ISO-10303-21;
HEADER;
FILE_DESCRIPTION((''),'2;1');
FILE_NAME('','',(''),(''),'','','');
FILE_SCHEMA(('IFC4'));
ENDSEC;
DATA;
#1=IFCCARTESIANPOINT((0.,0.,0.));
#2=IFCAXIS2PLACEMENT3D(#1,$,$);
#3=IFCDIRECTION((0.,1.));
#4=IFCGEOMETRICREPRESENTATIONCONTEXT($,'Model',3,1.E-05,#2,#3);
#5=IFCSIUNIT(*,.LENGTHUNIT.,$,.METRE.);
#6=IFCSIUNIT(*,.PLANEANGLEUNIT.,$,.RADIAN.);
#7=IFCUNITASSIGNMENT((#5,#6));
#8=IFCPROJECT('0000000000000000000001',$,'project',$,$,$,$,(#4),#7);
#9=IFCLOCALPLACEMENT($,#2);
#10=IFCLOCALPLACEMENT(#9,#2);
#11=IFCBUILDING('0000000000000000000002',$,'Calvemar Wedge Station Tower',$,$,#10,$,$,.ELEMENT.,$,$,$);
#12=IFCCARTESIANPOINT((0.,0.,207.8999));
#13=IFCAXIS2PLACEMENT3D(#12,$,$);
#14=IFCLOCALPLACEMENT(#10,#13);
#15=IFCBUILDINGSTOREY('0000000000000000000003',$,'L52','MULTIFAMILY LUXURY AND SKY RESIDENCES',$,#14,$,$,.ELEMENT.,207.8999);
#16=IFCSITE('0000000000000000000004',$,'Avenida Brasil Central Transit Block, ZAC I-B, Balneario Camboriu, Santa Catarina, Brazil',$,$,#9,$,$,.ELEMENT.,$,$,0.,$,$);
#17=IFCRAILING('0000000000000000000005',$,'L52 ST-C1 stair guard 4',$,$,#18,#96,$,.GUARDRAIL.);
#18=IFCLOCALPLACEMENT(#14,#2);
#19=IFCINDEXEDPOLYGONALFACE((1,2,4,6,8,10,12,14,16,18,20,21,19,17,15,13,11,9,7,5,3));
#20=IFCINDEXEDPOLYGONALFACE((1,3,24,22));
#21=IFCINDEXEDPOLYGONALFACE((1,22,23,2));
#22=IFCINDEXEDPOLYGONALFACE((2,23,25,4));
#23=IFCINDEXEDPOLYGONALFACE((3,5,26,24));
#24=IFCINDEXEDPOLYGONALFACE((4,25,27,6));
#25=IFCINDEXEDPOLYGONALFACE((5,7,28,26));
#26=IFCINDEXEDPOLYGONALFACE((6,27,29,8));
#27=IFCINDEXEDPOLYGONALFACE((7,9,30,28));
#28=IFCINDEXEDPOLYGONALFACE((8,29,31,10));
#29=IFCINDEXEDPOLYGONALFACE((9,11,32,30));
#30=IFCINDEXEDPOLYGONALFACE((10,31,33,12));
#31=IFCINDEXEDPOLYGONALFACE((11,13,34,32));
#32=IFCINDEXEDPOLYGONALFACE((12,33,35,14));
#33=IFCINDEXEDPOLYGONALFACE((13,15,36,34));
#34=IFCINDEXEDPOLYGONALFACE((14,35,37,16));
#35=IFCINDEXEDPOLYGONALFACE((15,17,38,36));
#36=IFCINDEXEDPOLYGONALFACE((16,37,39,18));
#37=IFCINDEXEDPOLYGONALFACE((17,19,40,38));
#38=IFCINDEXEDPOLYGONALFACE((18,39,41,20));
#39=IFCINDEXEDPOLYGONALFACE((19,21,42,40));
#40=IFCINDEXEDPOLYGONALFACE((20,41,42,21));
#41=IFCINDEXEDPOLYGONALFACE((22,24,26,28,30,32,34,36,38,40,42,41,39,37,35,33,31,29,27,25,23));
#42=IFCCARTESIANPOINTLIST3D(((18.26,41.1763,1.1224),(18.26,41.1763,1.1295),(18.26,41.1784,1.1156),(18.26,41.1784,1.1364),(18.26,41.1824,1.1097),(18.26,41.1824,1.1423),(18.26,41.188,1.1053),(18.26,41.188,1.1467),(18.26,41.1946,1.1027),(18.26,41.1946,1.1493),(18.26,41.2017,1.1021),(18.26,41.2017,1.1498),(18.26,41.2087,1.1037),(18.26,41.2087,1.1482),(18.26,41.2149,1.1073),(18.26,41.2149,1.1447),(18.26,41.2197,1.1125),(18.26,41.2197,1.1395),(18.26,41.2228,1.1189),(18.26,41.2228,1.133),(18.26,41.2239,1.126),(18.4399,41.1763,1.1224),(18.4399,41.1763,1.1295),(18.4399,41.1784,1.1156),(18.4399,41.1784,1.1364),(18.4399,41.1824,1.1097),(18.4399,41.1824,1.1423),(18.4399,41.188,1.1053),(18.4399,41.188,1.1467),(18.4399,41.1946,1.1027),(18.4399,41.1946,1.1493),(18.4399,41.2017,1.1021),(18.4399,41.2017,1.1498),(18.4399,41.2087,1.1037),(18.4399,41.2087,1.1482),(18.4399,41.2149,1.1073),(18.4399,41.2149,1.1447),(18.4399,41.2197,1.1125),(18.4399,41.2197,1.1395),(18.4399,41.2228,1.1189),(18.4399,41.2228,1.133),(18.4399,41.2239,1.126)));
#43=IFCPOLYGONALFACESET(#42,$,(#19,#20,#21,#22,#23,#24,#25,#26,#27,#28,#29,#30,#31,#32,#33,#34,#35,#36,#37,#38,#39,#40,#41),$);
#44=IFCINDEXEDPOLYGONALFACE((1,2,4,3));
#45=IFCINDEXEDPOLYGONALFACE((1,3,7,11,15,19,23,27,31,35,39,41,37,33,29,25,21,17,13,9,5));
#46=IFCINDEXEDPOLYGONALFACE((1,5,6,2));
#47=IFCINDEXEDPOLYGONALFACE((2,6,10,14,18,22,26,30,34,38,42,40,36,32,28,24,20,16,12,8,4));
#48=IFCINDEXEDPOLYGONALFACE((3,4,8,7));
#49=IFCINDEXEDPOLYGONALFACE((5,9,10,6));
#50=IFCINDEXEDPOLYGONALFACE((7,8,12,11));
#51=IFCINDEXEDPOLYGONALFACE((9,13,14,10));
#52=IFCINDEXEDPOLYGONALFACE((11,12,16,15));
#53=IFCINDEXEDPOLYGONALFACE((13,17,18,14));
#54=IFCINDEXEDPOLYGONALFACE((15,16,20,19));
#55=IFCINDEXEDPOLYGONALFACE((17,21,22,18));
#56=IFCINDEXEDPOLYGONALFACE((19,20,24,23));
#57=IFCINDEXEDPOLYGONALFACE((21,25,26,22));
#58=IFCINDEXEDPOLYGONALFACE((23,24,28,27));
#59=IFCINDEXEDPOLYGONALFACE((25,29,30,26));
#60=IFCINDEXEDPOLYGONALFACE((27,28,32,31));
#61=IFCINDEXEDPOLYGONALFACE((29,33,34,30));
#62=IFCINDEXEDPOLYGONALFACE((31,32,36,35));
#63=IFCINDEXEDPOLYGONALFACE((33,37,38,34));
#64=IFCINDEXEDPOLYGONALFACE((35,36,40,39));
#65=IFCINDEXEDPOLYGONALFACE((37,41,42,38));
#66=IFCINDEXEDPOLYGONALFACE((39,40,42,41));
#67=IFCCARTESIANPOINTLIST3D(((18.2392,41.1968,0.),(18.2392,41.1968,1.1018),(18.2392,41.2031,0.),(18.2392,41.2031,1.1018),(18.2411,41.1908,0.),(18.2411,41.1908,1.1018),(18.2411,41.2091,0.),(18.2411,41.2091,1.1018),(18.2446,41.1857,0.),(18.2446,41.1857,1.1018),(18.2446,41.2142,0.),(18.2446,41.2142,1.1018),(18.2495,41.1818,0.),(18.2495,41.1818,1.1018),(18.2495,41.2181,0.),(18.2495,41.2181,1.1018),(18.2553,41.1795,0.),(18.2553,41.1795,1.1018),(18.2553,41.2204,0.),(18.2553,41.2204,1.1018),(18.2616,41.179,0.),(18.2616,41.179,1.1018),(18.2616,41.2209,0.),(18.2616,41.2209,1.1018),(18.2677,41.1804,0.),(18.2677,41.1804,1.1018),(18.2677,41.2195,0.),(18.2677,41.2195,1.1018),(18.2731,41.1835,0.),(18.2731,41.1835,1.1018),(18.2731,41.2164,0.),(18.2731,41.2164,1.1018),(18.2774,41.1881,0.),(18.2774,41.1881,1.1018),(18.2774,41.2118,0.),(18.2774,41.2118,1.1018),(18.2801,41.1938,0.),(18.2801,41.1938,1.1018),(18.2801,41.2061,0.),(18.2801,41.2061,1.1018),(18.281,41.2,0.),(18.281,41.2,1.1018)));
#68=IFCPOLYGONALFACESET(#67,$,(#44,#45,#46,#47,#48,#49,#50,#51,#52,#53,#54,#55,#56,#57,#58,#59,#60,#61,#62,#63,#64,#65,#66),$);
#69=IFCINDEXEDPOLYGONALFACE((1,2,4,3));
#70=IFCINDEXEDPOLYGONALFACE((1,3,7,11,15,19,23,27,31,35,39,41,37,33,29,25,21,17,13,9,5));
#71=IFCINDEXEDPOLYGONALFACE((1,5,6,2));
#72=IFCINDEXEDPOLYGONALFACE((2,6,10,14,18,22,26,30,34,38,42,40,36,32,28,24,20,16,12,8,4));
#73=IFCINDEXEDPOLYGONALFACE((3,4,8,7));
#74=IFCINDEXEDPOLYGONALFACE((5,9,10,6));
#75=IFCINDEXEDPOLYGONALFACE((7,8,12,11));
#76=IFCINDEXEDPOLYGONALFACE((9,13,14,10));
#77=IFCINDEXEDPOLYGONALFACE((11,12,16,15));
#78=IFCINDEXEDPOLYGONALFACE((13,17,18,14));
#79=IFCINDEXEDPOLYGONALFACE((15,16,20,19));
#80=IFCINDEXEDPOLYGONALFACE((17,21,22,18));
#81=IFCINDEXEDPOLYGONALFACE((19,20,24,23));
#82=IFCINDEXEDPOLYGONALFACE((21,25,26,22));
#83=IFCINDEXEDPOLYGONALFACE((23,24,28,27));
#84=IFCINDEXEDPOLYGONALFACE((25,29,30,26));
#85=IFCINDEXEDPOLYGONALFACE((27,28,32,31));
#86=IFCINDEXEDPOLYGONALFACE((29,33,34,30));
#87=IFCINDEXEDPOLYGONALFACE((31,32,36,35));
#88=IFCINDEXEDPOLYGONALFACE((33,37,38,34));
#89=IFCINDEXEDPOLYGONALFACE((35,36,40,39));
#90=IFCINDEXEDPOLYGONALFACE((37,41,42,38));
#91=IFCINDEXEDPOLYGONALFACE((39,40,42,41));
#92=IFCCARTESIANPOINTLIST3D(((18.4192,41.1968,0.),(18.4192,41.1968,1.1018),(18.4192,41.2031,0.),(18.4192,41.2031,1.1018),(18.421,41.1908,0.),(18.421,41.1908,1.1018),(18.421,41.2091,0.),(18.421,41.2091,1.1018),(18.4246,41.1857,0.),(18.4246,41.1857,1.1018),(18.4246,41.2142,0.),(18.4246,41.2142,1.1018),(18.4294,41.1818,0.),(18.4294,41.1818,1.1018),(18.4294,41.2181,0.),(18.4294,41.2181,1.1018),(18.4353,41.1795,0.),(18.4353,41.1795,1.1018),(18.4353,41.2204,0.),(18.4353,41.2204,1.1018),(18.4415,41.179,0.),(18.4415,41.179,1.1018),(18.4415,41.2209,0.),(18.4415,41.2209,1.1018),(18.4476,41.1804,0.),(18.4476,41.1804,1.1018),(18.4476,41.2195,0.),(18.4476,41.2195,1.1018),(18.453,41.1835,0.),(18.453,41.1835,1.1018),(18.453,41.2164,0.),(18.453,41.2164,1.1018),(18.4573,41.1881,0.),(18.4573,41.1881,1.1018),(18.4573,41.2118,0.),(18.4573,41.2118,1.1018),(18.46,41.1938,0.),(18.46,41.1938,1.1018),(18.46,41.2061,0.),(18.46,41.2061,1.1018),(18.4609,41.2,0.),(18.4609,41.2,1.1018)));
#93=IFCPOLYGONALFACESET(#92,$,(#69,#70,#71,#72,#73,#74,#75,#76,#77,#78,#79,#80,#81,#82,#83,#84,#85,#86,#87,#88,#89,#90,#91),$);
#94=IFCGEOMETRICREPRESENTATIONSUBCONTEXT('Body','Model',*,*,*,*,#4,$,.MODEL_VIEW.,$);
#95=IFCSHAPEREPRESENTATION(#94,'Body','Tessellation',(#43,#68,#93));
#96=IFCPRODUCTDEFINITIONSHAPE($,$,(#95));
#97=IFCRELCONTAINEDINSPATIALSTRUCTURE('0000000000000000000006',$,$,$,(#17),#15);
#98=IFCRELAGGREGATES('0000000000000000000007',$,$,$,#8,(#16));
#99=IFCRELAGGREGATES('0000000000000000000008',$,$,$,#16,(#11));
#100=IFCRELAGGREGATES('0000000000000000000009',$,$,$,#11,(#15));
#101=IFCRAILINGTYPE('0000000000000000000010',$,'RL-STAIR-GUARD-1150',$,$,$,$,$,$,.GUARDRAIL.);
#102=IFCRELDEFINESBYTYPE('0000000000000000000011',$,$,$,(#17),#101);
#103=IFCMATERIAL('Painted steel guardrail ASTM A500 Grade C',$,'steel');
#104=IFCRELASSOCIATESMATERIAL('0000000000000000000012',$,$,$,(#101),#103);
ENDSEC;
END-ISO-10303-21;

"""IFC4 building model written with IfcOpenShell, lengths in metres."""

from ifc_helpers import new_model, si_unit, direction, frame, origin, origin_2d, place, context, subcontext, project, spatial, circle, extrude, material, type_object, element, save


model = new_model("IFC4")

# Units and contexts
model_context = context("Model", 3, precision=1e-05, world=origin(), true_north=direction((0.0, 1.0)))
body_context = subcontext(model_context, "Body", "Model", "MODEL_VIEW")
ifc_project = project(units=[si_unit("LENGTHUNIT", "METRE"), si_unit("PLANEANGLEUNIT", "RADIAN")], contexts=[model_context])

# Site, building, storey
site_placement = place(None, origin())
site = spatial("IfcSite", under=ifc_project, at=site_placement, Name="Avenida Brasil Central Transit Block, ZAC I-B, Balneario Camboriu, Santa Catarina, Brazil", CompositionType="ELEMENT", RefElevation=0.0)
building_placement = place(site_placement, origin())
building = spatial("IfcBuilding", under=site, at=building_placement, Name="Calvemar Wedge Station Tower", CompositionType="ELEMENT")
storey_placement = place(building_placement, frame((0.0, 0.0, 207.8999)))
storey = spatial("IfcBuildingStorey", under=building, at=storey_placement, Name="L52", Description="MULTIFAMILY LUXURY AND SKY RESIDENCES", CompositionType="ELEMENT", Elevation=207.8999)

# Railing
ifc_material_1 = material(Name="Painted steel guardrail ASTM A500 Grade C", Category="steel")
railing_type_1 = type_object("IfcRailingType", Name="RL-STAIR-GUARD-1150", PredefinedType="GUARDRAIL", material=ifc_material_1)
railing_1_placement = place(storey_placement, frame((18.26, 41.2, 0.0)))
element("IfcRailing", 1, at=railing_1_placement, inside=storey, type_object=railing_type_1, Name="L52 ST-C1 stair guard 4", PredefinedType="GUARDRAIL", context=body_context, shape_type="SweptSolid", body=[
    extrude(circle(Radius=0.0239, at=origin_2d()), frame((0.0, 0.0, 1.126), z_axis=(1.0, 0.0, 0.0), x_axis=(0.0, 1.0, 0.0)), (0.0, 0.0, 1.0), 0.1799),
    extrude(circle(Radius=0.021, at=origin_2d()), origin(), (0.0, 0.0, 1.0), 1.1018),
    extrude(circle(Radius=0.021, at=origin_2d()), frame((0.1799, 0.0, 0.0)), (0.0, 0.0, 1.0), 1.1018),
])

save(model, "model.ifc")
